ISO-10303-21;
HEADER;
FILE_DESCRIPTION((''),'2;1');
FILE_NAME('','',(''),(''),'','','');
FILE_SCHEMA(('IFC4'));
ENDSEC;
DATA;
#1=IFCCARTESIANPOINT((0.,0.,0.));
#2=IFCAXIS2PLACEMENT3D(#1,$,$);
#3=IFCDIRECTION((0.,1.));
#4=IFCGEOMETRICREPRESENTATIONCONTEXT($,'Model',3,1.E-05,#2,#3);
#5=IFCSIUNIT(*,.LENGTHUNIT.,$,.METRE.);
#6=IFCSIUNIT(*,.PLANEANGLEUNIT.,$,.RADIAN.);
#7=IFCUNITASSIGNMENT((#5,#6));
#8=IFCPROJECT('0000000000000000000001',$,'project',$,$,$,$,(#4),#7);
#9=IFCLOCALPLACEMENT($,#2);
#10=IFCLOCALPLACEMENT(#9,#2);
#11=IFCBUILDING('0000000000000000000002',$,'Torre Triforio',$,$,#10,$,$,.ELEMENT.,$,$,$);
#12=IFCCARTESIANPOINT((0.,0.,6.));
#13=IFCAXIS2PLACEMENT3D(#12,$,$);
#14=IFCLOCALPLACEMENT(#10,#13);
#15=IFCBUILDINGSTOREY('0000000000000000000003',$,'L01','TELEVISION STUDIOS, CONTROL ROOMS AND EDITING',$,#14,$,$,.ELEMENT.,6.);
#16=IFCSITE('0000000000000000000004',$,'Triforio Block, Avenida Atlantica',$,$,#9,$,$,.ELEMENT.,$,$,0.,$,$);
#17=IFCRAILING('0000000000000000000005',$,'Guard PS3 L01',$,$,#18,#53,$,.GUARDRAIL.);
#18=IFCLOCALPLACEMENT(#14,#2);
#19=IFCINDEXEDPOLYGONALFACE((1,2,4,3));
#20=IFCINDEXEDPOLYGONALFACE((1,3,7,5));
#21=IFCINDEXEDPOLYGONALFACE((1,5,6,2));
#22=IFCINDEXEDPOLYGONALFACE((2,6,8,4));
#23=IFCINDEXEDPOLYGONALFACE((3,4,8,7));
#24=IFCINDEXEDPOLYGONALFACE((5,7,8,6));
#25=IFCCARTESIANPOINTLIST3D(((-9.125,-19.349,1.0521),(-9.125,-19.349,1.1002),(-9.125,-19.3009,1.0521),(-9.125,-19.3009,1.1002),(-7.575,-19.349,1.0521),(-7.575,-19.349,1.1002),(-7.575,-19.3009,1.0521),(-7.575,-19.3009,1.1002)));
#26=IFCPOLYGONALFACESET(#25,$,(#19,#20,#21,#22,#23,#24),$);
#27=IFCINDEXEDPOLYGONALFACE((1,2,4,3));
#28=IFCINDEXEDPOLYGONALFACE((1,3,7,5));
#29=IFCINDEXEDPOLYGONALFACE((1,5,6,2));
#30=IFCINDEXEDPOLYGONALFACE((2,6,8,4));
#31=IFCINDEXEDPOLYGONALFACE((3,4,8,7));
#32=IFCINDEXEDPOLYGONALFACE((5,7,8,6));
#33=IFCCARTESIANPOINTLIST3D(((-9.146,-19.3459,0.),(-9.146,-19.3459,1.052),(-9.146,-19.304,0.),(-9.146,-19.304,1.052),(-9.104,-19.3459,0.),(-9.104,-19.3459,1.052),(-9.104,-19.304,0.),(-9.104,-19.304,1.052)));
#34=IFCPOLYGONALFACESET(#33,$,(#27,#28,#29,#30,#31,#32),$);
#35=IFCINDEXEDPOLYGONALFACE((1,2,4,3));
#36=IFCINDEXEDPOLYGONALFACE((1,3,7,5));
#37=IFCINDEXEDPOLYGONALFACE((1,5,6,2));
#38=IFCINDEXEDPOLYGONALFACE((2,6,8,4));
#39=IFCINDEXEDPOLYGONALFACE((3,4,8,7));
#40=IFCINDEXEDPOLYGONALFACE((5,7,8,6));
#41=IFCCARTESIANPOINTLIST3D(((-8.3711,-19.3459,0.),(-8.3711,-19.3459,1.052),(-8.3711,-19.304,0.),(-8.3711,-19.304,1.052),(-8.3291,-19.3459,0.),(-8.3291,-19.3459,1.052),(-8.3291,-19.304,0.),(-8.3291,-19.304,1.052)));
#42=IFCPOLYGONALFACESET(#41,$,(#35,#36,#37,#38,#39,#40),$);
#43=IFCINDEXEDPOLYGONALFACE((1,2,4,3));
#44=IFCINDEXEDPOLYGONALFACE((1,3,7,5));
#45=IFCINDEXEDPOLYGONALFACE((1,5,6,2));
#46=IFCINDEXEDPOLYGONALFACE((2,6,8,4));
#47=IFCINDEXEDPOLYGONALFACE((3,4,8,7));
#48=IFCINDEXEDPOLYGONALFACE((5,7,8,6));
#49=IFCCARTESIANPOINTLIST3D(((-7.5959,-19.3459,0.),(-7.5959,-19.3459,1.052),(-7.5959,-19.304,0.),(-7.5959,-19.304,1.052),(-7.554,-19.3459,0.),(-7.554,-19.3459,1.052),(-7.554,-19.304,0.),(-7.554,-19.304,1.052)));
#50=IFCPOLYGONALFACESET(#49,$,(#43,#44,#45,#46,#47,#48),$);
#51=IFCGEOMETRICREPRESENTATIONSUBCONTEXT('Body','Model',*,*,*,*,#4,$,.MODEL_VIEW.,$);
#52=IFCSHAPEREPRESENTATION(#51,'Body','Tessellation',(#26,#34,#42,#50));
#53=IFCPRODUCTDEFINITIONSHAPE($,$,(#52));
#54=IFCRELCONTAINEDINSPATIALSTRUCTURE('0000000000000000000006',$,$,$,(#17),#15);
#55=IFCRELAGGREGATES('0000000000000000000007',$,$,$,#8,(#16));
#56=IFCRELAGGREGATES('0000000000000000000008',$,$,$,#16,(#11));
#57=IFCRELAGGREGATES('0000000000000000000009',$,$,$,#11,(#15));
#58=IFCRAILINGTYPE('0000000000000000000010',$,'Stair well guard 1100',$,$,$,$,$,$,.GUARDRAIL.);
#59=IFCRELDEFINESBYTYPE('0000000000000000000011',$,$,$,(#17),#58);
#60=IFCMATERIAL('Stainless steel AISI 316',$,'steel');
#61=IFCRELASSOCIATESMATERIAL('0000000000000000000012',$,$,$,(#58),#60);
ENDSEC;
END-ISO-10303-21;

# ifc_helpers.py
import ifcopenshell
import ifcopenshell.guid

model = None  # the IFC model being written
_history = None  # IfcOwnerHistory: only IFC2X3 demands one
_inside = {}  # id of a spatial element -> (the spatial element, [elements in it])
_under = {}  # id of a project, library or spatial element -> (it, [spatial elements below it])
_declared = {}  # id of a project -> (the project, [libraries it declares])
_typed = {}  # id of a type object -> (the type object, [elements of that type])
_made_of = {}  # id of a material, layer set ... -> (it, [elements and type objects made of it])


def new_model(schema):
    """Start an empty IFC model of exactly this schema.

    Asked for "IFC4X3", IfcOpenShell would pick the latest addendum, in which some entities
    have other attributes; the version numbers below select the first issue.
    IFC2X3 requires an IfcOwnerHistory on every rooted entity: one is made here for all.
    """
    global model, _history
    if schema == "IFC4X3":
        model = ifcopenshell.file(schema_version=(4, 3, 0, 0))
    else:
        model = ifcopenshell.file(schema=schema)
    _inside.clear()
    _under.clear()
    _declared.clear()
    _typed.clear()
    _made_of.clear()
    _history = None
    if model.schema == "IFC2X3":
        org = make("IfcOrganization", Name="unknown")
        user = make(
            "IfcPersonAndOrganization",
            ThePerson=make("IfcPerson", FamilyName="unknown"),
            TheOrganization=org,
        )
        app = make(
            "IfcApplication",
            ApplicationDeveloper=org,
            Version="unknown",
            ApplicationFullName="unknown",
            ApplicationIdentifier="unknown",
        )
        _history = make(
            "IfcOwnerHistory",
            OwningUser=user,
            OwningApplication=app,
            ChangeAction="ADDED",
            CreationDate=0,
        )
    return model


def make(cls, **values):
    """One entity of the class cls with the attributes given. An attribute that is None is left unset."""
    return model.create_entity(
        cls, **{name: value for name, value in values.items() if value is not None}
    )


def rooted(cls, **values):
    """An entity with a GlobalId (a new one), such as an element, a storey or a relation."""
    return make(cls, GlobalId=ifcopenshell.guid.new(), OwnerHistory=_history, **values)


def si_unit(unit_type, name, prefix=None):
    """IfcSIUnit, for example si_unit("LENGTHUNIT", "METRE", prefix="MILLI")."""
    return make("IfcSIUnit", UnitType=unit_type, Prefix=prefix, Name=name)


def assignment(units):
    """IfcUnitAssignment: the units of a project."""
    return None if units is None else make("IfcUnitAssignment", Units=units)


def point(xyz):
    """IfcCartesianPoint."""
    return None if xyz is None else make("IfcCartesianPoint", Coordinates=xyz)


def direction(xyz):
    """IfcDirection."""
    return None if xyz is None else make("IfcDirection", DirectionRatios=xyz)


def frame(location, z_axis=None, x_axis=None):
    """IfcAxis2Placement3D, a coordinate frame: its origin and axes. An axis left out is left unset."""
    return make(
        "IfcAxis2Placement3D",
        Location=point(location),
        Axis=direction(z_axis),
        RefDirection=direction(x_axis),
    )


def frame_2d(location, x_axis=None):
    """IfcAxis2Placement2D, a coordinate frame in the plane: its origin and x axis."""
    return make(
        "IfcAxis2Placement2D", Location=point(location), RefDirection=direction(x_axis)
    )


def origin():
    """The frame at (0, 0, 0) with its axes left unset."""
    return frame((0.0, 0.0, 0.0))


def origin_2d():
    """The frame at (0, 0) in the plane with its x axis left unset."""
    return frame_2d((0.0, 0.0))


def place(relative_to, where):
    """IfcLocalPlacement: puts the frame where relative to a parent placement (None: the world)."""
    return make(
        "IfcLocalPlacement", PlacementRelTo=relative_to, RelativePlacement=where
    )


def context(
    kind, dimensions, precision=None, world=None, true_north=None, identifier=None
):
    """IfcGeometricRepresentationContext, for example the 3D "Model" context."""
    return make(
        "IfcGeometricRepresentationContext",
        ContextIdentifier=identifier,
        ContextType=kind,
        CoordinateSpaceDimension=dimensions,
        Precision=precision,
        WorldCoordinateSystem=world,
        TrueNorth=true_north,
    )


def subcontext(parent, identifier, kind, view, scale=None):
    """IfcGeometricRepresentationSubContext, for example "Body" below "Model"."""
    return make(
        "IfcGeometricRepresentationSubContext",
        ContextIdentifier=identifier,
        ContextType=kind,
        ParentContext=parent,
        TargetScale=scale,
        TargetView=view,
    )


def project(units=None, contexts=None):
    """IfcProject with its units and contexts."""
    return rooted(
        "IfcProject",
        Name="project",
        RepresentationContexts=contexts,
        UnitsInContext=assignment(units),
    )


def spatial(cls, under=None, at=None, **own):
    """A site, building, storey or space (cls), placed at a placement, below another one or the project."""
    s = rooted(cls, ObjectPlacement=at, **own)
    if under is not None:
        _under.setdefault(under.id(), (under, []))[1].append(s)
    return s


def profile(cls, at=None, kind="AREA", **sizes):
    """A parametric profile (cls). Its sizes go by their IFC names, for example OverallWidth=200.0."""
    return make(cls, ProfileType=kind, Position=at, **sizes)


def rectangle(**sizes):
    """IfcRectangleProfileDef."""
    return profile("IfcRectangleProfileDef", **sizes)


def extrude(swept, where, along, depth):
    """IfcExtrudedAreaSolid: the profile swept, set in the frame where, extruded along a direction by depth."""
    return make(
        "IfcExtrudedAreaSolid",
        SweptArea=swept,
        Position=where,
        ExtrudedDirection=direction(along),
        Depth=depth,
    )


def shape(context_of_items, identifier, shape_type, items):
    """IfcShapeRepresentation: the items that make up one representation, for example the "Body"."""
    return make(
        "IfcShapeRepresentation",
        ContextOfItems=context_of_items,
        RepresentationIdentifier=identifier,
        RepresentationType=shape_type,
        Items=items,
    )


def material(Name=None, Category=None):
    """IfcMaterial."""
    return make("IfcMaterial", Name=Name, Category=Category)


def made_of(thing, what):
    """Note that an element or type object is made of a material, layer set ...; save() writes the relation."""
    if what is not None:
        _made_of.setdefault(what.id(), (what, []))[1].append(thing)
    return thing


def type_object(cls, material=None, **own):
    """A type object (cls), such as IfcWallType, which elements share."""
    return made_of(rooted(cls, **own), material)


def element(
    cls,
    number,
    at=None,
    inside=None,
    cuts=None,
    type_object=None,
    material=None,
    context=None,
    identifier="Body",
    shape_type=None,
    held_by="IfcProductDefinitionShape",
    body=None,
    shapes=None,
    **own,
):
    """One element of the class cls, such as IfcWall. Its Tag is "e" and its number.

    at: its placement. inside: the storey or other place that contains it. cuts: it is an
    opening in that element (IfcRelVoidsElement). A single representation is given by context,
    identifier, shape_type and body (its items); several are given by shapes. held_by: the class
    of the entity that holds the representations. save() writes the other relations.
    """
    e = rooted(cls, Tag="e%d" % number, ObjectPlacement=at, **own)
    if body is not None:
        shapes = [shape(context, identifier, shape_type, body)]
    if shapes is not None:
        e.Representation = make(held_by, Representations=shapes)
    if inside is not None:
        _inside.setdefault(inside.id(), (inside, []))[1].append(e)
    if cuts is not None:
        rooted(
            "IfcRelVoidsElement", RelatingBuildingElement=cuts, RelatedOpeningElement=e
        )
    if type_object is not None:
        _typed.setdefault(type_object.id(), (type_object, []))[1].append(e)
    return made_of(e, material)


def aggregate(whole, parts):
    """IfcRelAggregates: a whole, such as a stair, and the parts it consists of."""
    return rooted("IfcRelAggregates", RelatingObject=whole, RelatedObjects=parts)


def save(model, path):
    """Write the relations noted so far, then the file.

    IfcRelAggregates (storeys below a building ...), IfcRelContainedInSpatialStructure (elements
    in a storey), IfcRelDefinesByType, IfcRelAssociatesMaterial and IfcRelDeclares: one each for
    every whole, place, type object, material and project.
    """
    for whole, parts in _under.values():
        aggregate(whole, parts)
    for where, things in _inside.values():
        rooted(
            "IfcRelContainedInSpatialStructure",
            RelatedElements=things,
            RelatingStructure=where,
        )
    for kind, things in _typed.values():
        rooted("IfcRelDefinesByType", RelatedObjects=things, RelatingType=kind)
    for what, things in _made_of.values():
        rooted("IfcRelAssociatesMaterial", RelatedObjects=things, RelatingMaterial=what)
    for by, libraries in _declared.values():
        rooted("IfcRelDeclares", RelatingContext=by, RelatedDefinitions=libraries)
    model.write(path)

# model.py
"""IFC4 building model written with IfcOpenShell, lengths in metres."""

from ifc_helpers import new_model, si_unit, direction, frame, origin, origin_2d, place, context, subcontext, project, spatial, rectangle, extrude, material, type_object, element, save


model = new_model("IFC4")

# Units and contexts
model_context = context("Model", 3, precision=1e-05, world=origin(), true_north=direction((0.0, 1.0)))
body_context = subcontext(model_context, "Body", "Model", "MODEL_VIEW")
ifc_project = project(units=[si_unit("LENGTHUNIT", "METRE"), si_unit("PLANEANGLEUNIT", "RADIAN")], contexts=[model_context])

# Site, building, storey
site_placement = place(None, origin())
site = spatial("IfcSite", under=ifc_project, at=site_placement, Name="Triforio Block, Avenida Atlantica", CompositionType="ELEMENT", RefElevation=0.0)
building_placement = place(site_placement, origin())
building = spatial("IfcBuilding", under=site, at=building_placement, Name="Torre Triforio", CompositionType="ELEMENT")
storey_placement = place(building_placement, frame((0.0, 0.0, 6.0)))
storey = spatial("IfcBuildingStorey", under=building, at=storey_placement, Name="L01", Description="TELEVISION STUDIOS, CONTROL ROOMS AND EDITING", CompositionType="ELEMENT", Elevation=6.0)

# Shared definitions
ifc_material_1 = material(Name="Stainless steel AISI 316", Category="steel")

# Railing
railing_type_1 = type_object("IfcRailingType", Name="Stair well guard 1100", PredefinedType="GUARDRAIL", material=ifc_material_1)
railing_1_placement = place(storey_placement, frame((-9.125, -19.325, 0.0)))
element("IfcRailing", 1, at=railing_1_placement, inside=storey, type_object=railing_type_1, Name="Guard PS3 L01", PredefinedType="GUARDRAIL", context=body_context, shape_type="SweptSolid", body=[
    extrude(rectangle(XDim=0.0481, YDim=0.0481, at=origin_2d()), frame((0.0, 0.0, 1.0762), z_axis=(1.0, 0.0, 0.0), x_axis=(0.0, 1.0, 0.0)), (0.0, 0.0, 1.0), 1.55),
    extrude(rectangle(XDim=0.042, YDim=0.042, at=origin_2d()), origin(), (0.0, 0.0, 1.0), 1.052),
    extrude(rectangle(XDim=0.042, YDim=0.042, at=origin_2d()), frame((0.7749, 0.0, 0.0)), (0.0, 0.0, 1.0), 1.052),
    extrude(rectangle(XDim=0.042, YDim=0.042, at=origin_2d()), frame((1.55, 0.0, 0.0)), (0.0, 0.0, 1.0), 1.052),
])

save(model, "model.ifc")
